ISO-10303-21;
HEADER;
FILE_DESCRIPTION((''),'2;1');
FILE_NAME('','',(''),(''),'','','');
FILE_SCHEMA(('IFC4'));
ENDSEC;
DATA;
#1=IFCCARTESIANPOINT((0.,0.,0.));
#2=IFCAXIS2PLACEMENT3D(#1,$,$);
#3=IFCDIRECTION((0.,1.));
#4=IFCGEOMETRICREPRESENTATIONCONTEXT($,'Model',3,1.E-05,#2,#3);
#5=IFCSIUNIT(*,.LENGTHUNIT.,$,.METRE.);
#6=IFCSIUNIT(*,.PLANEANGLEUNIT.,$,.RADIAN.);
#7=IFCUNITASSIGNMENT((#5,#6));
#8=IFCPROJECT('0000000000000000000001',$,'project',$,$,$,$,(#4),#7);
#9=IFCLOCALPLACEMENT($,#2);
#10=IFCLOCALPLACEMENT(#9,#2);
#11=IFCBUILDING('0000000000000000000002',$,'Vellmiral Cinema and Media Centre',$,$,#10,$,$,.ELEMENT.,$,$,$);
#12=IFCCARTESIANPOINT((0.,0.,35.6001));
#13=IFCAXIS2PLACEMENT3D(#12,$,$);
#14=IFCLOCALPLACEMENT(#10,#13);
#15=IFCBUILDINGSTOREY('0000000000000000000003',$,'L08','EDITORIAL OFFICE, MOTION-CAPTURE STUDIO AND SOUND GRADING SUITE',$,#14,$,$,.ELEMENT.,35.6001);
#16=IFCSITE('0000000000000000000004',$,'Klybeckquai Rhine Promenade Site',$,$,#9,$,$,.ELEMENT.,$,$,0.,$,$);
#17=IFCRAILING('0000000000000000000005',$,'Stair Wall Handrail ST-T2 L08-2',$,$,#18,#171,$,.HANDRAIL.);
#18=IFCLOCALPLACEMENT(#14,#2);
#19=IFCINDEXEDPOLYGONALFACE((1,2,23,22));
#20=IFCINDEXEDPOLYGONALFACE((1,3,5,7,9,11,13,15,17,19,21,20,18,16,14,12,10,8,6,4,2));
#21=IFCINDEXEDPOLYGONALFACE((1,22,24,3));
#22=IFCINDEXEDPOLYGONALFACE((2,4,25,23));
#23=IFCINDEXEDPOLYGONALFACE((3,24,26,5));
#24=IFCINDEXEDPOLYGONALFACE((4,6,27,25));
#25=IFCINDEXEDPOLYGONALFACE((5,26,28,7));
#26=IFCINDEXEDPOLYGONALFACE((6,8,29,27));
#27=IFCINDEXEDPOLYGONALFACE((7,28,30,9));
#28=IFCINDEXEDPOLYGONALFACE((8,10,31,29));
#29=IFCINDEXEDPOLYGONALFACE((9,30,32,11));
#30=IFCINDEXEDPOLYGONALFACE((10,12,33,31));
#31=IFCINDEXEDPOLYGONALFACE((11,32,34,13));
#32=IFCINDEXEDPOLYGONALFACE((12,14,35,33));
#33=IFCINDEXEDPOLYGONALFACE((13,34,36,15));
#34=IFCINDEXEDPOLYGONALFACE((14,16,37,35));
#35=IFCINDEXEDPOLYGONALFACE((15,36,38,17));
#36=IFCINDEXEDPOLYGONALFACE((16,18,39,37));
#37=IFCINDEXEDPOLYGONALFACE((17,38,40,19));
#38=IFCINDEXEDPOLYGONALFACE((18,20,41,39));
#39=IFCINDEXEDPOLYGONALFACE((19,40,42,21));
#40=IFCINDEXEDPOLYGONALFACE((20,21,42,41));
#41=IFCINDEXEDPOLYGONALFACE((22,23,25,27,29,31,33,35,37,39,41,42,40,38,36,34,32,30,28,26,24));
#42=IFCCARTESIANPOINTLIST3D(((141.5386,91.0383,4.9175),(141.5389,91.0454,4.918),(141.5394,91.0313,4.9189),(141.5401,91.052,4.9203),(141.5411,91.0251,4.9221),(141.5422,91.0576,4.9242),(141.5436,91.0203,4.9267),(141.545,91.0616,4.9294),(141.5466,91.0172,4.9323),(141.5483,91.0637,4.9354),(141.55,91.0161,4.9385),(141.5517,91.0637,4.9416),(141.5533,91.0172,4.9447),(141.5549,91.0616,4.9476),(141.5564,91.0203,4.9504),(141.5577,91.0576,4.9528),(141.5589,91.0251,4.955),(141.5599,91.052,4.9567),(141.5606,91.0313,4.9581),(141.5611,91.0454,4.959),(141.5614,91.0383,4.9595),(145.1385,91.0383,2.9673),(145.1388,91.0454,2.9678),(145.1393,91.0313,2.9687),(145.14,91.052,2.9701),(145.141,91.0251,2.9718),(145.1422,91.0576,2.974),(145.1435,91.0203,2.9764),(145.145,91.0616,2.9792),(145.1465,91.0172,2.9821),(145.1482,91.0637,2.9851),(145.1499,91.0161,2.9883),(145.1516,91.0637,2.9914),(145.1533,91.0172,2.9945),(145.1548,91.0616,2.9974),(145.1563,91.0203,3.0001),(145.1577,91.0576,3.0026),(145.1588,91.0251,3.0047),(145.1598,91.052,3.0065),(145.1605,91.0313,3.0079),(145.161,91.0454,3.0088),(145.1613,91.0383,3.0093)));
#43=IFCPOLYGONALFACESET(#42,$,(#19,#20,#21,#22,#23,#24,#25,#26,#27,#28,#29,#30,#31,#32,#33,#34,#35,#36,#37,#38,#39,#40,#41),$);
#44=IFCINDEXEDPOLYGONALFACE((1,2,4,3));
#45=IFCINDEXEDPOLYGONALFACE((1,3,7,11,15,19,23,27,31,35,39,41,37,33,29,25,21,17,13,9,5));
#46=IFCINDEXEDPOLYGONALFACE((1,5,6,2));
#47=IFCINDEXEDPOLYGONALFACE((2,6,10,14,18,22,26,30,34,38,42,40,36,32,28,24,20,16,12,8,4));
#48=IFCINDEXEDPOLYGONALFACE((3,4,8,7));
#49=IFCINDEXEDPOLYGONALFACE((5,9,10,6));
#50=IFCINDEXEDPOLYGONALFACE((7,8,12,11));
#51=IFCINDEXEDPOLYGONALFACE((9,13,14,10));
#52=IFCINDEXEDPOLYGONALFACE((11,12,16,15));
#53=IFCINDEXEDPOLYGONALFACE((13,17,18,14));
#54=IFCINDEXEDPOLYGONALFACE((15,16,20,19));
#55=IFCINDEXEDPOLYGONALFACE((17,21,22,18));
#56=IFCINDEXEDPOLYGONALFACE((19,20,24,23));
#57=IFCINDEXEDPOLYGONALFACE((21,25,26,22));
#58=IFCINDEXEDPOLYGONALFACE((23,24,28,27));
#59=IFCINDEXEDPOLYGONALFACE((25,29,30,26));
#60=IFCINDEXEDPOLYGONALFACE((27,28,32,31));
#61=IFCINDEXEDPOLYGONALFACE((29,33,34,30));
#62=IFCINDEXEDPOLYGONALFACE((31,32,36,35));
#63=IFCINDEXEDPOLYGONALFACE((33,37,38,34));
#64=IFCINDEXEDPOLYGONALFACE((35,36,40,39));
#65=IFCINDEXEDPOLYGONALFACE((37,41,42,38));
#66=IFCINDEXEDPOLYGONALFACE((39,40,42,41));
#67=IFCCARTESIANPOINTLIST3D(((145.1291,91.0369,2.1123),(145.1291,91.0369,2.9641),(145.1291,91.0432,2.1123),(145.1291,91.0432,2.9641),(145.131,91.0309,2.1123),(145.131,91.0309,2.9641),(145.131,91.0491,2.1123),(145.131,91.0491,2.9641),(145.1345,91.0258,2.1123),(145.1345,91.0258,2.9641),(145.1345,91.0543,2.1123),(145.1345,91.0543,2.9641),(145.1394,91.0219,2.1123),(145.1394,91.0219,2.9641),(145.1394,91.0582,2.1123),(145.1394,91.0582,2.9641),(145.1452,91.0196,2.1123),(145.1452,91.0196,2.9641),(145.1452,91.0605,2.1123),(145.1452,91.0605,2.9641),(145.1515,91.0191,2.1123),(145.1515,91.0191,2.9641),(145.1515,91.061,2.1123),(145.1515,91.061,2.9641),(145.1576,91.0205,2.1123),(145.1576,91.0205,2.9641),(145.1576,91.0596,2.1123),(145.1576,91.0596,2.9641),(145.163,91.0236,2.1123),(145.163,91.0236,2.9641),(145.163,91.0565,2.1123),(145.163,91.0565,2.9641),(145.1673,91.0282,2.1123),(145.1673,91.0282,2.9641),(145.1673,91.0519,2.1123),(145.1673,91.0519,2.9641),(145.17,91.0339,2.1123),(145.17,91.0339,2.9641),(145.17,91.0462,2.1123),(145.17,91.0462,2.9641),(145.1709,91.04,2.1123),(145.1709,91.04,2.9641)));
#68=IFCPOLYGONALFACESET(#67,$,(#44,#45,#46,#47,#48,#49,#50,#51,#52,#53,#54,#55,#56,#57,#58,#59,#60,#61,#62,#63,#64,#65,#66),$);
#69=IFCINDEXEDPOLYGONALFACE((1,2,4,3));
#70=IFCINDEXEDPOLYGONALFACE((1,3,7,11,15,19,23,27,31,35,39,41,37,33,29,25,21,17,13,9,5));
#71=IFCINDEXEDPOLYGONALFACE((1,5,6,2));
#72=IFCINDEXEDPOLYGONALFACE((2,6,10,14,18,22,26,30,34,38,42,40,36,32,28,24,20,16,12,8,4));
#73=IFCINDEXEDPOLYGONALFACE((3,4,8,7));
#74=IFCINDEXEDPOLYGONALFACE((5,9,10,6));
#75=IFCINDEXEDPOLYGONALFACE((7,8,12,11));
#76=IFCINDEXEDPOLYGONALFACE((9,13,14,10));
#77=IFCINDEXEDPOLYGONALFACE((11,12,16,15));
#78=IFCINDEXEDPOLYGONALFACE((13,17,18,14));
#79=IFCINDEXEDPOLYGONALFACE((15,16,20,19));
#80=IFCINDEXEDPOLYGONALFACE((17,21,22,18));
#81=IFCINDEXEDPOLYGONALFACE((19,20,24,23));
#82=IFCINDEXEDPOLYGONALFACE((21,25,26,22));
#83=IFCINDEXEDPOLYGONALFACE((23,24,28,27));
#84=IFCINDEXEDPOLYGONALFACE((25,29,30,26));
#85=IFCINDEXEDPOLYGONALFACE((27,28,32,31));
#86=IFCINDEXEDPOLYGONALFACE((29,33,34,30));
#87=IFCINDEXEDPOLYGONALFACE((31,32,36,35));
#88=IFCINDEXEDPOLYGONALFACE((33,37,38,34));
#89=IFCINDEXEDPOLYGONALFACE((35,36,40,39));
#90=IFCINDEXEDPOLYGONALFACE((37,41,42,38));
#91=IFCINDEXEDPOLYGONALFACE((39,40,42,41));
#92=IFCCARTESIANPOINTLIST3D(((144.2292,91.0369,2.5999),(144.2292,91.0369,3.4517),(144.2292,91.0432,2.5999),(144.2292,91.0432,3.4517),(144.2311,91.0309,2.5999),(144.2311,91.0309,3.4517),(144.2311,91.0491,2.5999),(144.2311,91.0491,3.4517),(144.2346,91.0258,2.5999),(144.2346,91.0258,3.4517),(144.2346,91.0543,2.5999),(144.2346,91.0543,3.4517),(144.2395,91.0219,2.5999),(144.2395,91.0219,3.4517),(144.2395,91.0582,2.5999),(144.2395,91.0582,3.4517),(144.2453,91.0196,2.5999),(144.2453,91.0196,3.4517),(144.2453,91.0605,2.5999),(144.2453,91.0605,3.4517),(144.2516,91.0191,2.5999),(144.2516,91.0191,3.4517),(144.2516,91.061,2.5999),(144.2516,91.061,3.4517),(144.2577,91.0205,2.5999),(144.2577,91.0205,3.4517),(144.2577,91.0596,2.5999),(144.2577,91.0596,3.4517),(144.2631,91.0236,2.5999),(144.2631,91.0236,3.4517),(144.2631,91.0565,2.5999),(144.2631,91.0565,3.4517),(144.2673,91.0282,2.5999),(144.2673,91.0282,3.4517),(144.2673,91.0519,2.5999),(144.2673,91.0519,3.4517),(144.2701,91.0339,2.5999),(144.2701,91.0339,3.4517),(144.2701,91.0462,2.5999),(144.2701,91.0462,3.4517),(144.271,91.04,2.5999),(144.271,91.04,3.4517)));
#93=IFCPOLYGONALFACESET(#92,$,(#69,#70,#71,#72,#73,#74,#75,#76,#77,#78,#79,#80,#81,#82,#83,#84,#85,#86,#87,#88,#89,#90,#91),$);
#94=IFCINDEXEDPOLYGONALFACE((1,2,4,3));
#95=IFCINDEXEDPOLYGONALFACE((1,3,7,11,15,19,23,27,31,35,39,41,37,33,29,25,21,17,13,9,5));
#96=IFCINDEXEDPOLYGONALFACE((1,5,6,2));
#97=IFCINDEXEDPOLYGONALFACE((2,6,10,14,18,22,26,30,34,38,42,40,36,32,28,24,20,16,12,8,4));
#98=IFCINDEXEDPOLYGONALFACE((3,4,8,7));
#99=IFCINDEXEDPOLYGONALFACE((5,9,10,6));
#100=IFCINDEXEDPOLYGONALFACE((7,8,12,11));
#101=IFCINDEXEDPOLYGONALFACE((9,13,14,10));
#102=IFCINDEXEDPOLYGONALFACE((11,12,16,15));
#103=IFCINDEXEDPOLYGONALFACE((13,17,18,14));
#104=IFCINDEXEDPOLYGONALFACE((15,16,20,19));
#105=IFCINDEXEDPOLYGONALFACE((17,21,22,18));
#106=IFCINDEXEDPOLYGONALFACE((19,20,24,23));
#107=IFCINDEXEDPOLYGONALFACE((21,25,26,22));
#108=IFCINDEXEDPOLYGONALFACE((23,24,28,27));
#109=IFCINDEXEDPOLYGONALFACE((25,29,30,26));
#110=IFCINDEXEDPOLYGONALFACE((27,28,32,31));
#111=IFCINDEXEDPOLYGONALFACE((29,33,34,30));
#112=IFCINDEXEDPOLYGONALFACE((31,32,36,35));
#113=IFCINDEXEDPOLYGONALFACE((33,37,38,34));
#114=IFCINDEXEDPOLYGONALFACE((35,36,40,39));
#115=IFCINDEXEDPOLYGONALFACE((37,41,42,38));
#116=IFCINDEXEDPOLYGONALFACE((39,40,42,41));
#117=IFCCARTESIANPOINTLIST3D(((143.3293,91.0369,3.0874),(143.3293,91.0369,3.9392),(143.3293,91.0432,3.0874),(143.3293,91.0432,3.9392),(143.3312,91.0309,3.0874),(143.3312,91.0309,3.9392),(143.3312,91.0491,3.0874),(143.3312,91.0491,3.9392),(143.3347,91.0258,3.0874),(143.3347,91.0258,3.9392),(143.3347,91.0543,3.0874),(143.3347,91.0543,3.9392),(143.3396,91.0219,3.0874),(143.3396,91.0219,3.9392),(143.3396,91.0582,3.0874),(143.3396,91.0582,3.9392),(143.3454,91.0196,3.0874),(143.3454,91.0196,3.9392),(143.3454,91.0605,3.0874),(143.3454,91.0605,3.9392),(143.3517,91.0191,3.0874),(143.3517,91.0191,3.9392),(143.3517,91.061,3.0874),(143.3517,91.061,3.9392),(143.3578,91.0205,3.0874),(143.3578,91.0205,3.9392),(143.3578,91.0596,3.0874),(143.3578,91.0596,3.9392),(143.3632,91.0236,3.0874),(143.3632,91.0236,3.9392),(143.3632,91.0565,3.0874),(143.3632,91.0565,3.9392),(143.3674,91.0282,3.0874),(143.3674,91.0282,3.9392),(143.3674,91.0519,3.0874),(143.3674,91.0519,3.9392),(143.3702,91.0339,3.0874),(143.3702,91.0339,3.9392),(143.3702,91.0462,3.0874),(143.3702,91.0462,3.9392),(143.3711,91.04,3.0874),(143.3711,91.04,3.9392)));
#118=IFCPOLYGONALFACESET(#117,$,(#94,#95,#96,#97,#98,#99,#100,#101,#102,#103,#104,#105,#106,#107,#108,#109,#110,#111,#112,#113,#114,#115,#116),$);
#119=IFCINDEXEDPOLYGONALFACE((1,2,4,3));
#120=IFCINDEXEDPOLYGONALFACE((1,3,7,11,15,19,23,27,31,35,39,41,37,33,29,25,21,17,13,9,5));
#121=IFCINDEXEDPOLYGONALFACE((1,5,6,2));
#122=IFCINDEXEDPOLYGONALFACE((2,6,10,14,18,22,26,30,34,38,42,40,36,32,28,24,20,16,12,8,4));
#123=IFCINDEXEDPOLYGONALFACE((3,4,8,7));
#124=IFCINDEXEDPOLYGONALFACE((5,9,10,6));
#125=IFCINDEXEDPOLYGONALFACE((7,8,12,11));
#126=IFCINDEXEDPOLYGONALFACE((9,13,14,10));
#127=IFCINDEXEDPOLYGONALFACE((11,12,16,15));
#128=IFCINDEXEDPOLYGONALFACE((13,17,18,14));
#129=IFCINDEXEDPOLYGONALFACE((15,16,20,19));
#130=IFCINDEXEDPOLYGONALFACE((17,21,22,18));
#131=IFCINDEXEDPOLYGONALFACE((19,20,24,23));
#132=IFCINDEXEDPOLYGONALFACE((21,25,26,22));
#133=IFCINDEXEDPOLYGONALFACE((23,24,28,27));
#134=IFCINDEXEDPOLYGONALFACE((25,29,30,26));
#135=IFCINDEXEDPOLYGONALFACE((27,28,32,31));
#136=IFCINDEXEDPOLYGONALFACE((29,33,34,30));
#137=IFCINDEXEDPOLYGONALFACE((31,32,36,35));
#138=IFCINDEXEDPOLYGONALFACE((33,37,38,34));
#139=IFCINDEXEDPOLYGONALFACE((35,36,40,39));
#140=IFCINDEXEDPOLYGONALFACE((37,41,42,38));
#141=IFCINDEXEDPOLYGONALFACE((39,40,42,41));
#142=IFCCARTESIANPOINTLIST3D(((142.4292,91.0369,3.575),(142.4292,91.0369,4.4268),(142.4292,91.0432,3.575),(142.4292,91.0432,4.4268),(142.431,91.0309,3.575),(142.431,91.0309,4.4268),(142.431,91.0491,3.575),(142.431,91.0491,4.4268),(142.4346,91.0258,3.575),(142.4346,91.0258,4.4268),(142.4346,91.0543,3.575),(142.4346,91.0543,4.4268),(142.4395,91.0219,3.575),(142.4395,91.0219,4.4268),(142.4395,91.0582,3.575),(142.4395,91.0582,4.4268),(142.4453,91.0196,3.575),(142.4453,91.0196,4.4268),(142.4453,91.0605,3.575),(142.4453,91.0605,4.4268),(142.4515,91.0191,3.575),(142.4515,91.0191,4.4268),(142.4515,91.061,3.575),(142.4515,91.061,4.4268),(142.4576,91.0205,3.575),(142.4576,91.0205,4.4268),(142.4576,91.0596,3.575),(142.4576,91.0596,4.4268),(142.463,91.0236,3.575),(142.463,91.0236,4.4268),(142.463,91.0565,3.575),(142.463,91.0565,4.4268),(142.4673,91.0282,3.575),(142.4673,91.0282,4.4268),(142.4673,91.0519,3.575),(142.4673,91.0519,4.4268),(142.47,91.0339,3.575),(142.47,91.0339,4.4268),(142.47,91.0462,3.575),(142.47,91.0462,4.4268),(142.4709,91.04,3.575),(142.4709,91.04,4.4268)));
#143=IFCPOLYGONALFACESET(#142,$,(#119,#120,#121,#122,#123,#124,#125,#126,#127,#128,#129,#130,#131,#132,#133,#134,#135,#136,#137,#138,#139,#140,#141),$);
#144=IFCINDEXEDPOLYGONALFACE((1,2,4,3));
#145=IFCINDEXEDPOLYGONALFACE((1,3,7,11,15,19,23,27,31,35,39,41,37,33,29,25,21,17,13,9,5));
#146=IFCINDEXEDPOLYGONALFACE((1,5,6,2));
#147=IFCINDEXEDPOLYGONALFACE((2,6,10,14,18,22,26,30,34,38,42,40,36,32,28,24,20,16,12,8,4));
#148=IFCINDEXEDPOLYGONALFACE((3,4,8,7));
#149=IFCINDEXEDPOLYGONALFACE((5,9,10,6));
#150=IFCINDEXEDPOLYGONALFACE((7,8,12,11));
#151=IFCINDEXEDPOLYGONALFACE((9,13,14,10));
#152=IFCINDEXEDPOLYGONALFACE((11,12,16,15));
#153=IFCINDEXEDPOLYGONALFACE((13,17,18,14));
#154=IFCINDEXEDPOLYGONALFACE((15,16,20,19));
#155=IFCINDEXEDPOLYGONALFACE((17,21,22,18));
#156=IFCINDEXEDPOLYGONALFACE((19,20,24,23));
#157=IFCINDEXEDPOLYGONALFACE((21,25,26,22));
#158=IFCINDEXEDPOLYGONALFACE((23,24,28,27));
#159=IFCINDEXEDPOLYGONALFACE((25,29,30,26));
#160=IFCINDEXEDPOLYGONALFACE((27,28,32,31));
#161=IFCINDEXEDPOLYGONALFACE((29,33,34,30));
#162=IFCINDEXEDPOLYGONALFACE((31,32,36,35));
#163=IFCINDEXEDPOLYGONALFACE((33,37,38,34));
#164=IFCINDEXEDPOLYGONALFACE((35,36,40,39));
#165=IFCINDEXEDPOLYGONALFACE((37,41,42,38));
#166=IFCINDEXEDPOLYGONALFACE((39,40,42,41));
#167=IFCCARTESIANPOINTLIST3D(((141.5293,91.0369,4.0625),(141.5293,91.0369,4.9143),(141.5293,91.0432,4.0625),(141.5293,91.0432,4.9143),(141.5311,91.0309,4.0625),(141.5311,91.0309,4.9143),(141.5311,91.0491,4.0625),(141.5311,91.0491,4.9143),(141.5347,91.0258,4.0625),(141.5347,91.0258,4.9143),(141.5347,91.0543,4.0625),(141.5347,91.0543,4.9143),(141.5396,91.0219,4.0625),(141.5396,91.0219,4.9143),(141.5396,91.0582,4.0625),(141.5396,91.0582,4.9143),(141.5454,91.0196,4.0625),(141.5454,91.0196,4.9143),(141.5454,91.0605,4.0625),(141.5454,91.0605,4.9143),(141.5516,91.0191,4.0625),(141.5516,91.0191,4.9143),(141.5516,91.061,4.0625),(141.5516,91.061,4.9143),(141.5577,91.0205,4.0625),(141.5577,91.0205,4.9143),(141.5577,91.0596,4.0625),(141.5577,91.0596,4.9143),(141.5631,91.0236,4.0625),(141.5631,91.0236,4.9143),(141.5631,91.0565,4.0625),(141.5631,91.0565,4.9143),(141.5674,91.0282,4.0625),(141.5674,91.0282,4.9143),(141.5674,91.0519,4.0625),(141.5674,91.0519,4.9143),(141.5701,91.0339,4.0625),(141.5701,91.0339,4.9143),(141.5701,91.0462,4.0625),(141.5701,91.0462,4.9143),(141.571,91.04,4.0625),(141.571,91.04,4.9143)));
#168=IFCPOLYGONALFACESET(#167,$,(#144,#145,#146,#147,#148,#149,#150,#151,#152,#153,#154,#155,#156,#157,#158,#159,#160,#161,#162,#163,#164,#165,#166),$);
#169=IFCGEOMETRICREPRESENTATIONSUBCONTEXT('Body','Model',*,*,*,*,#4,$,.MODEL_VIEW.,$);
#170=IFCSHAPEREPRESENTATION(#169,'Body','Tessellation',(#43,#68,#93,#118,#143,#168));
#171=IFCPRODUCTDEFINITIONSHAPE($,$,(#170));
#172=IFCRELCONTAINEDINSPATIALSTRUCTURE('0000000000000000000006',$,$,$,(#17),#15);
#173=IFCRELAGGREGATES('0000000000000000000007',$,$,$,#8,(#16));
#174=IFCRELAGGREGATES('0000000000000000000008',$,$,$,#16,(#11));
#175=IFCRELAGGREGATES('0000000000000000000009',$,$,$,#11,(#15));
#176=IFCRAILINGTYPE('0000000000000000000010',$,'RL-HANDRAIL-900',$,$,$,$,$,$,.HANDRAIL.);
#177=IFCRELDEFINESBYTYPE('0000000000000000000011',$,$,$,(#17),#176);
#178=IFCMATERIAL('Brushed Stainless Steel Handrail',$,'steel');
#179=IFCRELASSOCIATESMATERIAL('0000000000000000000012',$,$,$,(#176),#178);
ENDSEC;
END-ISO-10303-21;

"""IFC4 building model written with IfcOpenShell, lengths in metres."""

from ifc_helpers import new_model, si_unit, direction, frame, origin, origin_2d, place, context, subcontext, project, spatial, circle, extrude, material, type_object, element, save


model = new_model("IFC4")

# Units and contexts
model_context = context("Model", 3, precision=1e-05, world=origin(), true_north=direction((0.0, 1.0)))
body_context = subcontext(model_context, "Body", "Model", "MODEL_VIEW")
ifc_project = project(units=[si_unit("LENGTHUNIT", "METRE"), si_unit("PLANEANGLEUNIT", "RADIAN")], contexts=[model_context])

# Site, building, storey
site_placement = place(None, origin())
site = spatial("IfcSite", under=ifc_project, at=site_placement, Name="Klybeckquai Rhine Promenade Site", CompositionType="ELEMENT", RefElevation=0.0)
building_placement = place(site_placement, origin())
building = spatial("IfcBuilding", under=site, at=building_placement, Name="Vellmiral Cinema and Media Centre", CompositionType="ELEMENT")
storey_placement = place(building_placement, frame((0.0, 0.0, 35.6001)))
storey = spatial("IfcBuildingStorey", under=building, at=storey_placement, Name="L08", Description="EDITORIAL OFFICE, MOTION-CAPTURE STUDIO AND SOUND GRADING SUITE", CompositionType="ELEMENT", Elevation=35.6001)

# Railing
ifc_material_1 = material(Name="Brushed Stainless Steel Handrail", Category="steel")
railing_type_1 = type_object("IfcRailingType", Name="RL-HANDRAIL-900", PredefinedType="HANDRAIL", material=ifc_material_1)
railing_1_placement = place(storey_placement, frame((145.1499, 91.04, 2.1123)))
element("IfcRailing", 1, at=railing_1_placement, inside=storey, type_object=railing_type_1, Name="Stair Wall Handrail ST-T2 L08-2", PredefinedType="HANDRAIL", context=body_context, shape_type="SweptSolid", body=[
    extrude(circle(Radius=0.0239, at=origin_2d()), frame((0.0, 0.0, 0.876), z_axis=(-0.879264, 0.0, 0.476335), x_axis=(0.0, -1.0, 0.0)), (0.0, 0.0, 1.0), 4.0942),
    extrude(circle(Radius=0.021, at=origin_2d()), origin(), (0.0, 0.0, 1.0), 0.8518),
    extrude(circle(Radius=0.021, at=origin_2d()), frame((-0.8999, 0.0, 0.4875)), (0.0, 0.0, 1.0), 0.8518),
    extrude(circle(Radius=0.021, at=origin_2d()), frame((-1.7998, 0.0, 0.9751)), (0.0, 0.0, 1.0), 0.8518),
    extrude(circle(Radius=0.021, at=origin_2d()), frame((-2.7, 0.0, 1.4626)), (0.0, 0.0, 1.0), 0.8518),
    extrude(circle(Radius=0.021, at=origin_2d()), frame((-3.5999, 0.0, 1.9502)), (0.0, 0.0, 1.0), 0.8518),
])

save(model, "model.ifc")
